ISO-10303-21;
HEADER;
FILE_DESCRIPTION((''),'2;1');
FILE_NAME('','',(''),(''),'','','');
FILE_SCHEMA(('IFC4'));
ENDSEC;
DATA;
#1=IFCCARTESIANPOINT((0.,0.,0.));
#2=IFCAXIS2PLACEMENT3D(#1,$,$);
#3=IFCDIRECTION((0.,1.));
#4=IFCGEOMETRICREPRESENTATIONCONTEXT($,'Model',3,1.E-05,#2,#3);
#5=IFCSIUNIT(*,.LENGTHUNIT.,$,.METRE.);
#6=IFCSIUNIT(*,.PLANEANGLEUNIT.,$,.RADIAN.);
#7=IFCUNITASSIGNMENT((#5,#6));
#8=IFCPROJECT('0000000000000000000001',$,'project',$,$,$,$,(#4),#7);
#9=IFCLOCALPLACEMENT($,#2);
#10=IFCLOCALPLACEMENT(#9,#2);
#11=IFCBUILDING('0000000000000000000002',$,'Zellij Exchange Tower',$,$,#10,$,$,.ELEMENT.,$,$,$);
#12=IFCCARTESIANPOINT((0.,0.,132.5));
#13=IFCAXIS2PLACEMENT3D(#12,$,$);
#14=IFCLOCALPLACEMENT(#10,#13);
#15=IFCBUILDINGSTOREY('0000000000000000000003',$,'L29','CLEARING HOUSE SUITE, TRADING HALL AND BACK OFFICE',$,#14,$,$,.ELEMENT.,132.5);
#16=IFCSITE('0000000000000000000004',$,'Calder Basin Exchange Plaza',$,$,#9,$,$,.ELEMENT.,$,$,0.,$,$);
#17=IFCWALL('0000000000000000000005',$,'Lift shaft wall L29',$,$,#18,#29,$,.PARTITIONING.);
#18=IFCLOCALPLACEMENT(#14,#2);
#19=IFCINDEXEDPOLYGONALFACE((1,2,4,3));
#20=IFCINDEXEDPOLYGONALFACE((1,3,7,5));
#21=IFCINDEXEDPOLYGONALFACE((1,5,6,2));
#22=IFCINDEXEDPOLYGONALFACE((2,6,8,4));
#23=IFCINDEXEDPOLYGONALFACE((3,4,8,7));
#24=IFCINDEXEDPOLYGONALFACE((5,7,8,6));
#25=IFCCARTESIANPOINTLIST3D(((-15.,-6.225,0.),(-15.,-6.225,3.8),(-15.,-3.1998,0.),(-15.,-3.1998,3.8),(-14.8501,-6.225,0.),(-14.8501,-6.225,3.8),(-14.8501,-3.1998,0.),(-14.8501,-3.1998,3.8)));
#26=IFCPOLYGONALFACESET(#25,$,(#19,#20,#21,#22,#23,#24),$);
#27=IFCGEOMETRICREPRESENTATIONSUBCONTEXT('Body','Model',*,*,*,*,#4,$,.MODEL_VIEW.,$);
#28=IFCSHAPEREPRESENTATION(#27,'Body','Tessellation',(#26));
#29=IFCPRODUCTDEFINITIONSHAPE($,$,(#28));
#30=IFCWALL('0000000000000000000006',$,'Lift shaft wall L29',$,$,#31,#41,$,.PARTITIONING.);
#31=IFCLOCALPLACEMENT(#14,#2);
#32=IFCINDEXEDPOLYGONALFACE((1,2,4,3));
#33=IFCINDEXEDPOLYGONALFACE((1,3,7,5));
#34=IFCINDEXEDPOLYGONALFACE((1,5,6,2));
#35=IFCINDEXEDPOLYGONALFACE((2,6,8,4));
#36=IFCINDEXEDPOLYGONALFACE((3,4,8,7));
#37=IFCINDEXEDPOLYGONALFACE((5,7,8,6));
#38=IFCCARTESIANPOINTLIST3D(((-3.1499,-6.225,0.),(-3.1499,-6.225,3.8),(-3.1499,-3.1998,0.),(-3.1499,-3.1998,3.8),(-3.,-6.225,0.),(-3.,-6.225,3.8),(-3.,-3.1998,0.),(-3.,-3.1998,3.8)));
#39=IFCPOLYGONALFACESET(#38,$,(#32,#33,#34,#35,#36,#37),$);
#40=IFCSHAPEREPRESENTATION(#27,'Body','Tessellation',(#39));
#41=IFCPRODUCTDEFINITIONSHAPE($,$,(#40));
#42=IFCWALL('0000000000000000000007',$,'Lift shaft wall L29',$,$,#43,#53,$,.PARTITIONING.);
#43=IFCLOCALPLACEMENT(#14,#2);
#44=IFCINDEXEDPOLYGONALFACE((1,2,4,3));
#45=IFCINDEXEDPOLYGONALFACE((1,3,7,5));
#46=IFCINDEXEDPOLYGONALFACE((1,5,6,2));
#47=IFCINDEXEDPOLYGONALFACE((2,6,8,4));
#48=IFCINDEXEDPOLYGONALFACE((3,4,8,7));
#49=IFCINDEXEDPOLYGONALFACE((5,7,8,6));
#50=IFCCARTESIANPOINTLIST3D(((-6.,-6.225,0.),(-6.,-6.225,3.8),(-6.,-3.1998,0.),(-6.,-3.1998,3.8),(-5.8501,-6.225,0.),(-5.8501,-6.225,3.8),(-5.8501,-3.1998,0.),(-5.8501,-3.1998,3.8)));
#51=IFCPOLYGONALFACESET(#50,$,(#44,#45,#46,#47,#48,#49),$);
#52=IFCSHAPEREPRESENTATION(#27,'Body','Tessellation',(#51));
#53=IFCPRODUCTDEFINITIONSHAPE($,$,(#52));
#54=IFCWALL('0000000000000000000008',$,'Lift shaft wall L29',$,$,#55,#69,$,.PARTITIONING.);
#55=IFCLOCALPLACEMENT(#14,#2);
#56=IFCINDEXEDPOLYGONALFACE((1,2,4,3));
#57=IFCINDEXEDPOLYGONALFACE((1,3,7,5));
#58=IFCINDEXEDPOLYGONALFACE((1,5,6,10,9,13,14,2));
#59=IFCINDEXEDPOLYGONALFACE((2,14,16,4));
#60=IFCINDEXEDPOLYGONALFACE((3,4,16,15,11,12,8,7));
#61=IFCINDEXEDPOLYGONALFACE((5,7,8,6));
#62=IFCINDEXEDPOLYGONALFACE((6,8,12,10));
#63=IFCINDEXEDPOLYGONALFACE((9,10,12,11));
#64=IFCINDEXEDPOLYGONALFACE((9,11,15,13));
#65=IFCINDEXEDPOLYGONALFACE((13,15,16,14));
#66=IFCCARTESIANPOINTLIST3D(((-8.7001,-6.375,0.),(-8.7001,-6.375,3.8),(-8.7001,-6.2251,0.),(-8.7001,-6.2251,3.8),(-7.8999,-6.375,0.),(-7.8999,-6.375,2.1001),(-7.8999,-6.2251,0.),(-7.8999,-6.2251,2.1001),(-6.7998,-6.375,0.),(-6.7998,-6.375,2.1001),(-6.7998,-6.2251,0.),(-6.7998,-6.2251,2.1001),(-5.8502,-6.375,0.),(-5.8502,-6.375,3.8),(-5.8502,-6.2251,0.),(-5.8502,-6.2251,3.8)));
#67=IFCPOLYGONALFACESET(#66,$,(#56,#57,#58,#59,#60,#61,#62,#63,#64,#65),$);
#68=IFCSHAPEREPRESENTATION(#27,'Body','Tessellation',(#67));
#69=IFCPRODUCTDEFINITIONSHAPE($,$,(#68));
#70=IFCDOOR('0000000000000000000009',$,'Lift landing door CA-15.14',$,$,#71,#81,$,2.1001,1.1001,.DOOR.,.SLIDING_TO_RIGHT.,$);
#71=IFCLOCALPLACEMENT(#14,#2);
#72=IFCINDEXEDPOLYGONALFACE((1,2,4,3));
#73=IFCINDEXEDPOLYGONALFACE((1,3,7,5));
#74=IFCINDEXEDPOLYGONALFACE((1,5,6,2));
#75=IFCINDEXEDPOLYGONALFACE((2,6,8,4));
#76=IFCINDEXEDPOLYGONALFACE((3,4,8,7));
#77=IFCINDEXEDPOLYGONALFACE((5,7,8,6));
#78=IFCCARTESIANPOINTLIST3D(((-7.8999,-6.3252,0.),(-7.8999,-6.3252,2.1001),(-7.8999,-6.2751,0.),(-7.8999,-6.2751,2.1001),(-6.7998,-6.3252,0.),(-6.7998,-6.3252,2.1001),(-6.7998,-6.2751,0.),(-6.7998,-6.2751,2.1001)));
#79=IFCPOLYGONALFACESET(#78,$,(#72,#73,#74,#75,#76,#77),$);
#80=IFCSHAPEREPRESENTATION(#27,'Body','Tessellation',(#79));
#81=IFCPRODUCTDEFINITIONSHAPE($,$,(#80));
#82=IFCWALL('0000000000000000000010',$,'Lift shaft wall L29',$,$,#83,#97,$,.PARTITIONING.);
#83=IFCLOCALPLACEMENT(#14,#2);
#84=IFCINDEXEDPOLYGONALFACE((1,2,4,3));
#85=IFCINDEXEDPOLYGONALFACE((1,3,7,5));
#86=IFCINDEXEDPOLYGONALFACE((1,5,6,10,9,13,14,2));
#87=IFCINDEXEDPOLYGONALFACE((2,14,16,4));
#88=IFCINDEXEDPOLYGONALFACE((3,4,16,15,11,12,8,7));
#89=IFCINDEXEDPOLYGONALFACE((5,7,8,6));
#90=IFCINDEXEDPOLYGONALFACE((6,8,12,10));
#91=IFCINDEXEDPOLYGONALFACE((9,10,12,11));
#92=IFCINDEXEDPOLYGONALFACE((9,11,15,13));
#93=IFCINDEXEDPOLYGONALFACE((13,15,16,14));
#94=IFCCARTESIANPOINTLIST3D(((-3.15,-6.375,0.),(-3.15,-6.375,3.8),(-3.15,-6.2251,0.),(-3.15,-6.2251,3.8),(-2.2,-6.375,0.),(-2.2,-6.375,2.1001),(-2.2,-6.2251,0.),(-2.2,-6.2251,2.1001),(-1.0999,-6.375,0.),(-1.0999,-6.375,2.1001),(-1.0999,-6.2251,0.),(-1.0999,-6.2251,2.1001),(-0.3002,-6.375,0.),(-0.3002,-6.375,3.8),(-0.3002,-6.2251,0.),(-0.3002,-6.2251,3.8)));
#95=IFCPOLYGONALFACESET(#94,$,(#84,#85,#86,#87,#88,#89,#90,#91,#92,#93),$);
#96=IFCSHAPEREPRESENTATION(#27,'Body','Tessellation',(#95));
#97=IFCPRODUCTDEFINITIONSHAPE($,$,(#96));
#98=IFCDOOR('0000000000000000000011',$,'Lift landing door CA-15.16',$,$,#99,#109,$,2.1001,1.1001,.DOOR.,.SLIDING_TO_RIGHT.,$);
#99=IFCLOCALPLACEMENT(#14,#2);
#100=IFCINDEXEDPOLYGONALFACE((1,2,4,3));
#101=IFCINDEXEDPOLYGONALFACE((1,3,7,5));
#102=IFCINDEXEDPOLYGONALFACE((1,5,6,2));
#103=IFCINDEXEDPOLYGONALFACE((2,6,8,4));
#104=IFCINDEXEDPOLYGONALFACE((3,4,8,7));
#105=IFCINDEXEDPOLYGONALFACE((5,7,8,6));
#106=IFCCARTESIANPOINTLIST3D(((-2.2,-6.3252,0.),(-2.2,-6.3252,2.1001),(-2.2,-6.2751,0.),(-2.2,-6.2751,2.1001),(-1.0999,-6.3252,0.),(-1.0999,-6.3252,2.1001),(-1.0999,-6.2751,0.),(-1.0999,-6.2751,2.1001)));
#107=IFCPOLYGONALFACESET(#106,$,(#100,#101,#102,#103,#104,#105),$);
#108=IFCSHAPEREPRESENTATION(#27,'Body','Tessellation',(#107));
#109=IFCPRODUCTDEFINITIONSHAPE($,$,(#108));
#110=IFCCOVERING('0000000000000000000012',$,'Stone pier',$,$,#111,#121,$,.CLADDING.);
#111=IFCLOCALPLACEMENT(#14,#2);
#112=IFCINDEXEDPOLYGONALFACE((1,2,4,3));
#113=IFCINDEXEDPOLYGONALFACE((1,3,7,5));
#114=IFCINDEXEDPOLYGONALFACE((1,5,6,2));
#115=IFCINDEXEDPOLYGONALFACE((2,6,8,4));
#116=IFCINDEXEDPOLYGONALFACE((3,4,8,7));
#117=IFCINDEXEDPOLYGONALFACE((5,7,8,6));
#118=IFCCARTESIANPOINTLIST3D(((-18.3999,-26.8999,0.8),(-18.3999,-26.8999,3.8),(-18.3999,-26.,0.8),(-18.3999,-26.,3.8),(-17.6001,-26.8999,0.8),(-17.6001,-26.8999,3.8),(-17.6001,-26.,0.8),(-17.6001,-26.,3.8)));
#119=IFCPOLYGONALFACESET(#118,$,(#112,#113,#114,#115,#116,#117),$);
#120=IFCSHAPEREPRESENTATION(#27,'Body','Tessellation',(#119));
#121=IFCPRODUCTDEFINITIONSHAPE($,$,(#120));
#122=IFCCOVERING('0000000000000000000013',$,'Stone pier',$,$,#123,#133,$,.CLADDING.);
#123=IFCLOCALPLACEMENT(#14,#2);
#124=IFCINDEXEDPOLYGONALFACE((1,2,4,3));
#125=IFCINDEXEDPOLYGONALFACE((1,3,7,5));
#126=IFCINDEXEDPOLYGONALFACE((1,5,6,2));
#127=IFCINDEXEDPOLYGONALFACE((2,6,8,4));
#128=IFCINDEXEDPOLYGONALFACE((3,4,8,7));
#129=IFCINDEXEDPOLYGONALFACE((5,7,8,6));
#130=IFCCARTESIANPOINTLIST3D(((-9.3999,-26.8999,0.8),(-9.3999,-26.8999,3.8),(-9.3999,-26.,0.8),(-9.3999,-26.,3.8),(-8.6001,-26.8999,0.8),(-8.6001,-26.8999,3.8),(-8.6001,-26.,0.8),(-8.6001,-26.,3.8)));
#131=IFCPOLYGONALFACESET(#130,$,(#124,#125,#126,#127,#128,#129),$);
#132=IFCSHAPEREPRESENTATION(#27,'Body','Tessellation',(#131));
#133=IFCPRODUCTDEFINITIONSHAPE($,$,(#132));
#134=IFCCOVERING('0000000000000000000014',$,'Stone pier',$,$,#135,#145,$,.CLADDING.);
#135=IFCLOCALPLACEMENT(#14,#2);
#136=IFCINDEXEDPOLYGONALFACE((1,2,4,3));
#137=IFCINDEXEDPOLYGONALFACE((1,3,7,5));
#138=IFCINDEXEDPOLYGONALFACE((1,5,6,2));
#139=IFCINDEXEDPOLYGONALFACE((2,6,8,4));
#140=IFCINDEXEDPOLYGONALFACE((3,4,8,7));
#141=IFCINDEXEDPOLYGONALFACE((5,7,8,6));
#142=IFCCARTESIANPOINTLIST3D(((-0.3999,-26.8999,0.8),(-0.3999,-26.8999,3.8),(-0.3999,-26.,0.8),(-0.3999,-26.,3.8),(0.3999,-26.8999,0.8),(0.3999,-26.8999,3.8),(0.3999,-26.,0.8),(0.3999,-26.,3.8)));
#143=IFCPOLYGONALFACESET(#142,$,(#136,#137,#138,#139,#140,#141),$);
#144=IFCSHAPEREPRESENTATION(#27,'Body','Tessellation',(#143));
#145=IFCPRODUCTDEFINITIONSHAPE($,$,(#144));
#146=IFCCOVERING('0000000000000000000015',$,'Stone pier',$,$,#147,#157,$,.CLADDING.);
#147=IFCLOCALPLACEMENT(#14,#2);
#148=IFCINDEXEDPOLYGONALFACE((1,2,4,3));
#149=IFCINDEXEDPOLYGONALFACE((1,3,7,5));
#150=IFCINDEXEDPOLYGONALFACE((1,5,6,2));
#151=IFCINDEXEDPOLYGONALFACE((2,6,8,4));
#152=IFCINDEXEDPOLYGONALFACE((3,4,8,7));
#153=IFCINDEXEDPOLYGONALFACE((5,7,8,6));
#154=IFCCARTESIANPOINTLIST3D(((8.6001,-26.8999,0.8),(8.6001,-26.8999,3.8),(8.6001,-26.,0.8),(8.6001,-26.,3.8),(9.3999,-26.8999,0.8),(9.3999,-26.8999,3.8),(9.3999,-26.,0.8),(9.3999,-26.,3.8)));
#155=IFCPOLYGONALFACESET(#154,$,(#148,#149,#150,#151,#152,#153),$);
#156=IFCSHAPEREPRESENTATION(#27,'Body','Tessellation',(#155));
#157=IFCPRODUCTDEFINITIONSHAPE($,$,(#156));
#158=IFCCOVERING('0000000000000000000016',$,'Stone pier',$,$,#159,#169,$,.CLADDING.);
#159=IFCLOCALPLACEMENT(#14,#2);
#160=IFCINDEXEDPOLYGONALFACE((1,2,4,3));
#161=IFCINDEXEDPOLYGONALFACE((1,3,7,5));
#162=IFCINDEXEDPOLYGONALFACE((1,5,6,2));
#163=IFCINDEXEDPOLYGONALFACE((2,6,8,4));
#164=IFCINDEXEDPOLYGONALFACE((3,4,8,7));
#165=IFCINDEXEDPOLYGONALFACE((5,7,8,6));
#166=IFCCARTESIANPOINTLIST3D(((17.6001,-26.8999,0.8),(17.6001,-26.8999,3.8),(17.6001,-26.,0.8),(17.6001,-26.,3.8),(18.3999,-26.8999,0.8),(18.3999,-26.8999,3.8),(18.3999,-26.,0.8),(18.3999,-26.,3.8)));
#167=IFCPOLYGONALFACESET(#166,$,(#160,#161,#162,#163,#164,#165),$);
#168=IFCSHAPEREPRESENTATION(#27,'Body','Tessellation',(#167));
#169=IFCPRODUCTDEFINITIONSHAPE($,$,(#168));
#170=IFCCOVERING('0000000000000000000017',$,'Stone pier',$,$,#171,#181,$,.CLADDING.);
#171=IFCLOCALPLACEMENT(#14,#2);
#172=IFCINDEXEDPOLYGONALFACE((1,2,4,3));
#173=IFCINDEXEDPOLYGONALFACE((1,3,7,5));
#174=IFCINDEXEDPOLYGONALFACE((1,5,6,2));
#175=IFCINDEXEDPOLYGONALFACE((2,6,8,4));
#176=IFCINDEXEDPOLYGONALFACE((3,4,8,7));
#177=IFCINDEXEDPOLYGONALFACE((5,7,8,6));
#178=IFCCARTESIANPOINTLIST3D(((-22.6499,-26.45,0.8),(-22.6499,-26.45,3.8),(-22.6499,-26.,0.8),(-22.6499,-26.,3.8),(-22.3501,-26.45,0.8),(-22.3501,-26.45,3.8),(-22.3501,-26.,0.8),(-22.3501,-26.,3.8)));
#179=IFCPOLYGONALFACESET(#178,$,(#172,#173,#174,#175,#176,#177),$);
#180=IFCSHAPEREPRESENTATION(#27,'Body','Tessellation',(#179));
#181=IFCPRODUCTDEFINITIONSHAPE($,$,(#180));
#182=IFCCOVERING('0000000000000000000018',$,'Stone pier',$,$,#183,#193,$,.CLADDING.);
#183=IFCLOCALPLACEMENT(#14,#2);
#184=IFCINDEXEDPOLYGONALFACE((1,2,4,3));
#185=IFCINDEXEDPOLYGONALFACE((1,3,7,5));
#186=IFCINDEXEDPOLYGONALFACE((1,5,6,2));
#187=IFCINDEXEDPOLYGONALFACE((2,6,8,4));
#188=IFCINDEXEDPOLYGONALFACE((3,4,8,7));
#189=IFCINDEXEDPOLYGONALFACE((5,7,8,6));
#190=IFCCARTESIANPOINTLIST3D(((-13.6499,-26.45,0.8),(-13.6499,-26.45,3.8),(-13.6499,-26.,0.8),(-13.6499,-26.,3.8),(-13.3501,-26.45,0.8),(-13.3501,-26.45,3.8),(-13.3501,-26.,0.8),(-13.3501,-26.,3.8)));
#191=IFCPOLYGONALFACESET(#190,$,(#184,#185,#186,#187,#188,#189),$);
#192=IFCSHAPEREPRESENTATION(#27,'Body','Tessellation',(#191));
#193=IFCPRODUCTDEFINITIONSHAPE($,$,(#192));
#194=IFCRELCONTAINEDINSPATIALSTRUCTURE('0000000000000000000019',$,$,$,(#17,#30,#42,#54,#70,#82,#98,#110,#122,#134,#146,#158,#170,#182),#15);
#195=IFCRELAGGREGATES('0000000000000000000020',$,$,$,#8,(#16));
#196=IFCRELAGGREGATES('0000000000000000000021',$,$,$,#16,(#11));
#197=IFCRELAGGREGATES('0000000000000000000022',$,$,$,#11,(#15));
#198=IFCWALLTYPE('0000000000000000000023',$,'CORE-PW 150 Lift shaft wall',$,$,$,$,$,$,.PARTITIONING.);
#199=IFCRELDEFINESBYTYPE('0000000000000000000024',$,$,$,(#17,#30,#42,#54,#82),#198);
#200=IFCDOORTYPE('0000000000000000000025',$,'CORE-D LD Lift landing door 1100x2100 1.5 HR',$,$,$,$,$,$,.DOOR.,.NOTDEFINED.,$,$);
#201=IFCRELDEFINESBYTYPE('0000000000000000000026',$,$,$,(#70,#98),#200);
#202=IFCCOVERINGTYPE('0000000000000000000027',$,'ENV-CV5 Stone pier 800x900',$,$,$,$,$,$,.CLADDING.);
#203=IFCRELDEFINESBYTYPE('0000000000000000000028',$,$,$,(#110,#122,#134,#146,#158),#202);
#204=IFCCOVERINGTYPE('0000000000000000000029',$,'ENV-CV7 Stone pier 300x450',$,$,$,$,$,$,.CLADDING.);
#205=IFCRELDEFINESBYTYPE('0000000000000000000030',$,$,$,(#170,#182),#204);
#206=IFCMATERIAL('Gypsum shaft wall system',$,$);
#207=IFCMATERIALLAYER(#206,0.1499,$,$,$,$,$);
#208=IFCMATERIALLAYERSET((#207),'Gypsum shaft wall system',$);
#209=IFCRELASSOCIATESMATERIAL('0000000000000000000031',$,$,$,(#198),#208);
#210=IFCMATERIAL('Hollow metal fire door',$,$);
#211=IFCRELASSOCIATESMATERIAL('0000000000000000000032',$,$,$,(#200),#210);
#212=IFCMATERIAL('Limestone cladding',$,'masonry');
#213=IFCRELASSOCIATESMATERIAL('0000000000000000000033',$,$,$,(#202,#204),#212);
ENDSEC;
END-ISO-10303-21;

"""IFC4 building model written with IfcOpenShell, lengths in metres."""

from ifc_helpers import new_model, si_unit, direction, frame, frame_2d, origin, place, context, subcontext, project, spatial, polyline, rectangle, outline, extrude, material, layer, layer_set, type_object, element, fill, save


model = new_model("IFC4")

# Units and contexts
model_context = context("Model", 3, precision=1e-05, world=origin(), true_north=direction((0.0, 1.0)))
body_context = subcontext(model_context, "Body", "Model", "MODEL_VIEW")
ifc_project = project(units=[si_unit("LENGTHUNIT", "METRE"), si_unit("PLANEANGLEUNIT", "RADIAN")], contexts=[model_context])

# Site, building, storey
site_placement = place(None, origin())
site = spatial("IfcSite", under=ifc_project, at=site_placement, Name="Calder Basin Exchange Plaza", CompositionType="ELEMENT", RefElevation=0.0)
building_placement = place(site_placement, origin())
building = spatial("IfcBuilding", under=site, at=building_placement, Name="Zellij Exchange Tower", CompositionType="ELEMENT")
storey_placement = place(building_placement, frame((0.0, 0.0, 132.5)))
storey = spatial("IfcBuildingStorey", under=building, at=storey_placement, Name="L29", Description="CLEARING HOUSE SUITE, TRADING HALL AND BACK OFFICE", CompositionType="ELEMENT", Elevation=132.5)

# Walls
ifc_material_1 = material(Name="Gypsum shaft wall system")
ifc_layer_1 = layer(ifc_material_1, 0.1499)
ifc_layer_set_1 = layer_set([ifc_layer_1], Name="Gypsum shaft wall system")
wall_type_1 = type_object("IfcWallType", Name="CORE-PW 150 Lift shaft wall", PredefinedType="PARTITIONING", material=ifc_layer_set_1)
for number, where, z_axis, x_axis, name in (
    (1, (-14.925, -6.2251, 0.0), (0.0, 0.0, 1.0), (0.0, 1.0, 0.0), "Lift shaft wall L29"),
    (2, (-3.075, -6.2251, 0.0), (0.0, 0.0, 1.0), (0.0, 1.0, 0.0), "Lift shaft wall L29"),
    (3, (-5.925, -6.2251, 0.0), (0.0, 0.0, 1.0), (0.0, 1.0, 0.0), "Lift shaft wall L29"),
):
    element("IfcWall", number, at=place(storey_placement, frame(where, z_axis=z_axis, x_axis=x_axis)), inside=storey, type_object=wall_type_1, Name=name, PredefinedType="PARTITIONING", context=body_context, shape_type="SweptSolid", body=[
        extrude(rectangle(XDim=3.0251, YDim=0.1499, at=frame_2d((1.5127, 0.0))), origin(), (0.0, 0.0, 1.0), 3.8),
    ])

# Walls, openings, doors
wall_1_placement = place(storey_placement, frame((-8.7, -6.3, 0.0), z_axis=(0.0, 0.0, 1.0), x_axis=(1.0, 0.0, 0.0)))
wall_1 = element("IfcWall", 4, at=wall_1_placement, inside=storey, type_object=wall_type_1, Name="Lift shaft wall L29", PredefinedType="PARTITIONING", context=body_context, shape_type="SweptSolid", body=[
    extrude(rectangle(XDim=2.8499, YDim=0.1499, at=frame_2d((1.4248, 0.0))), origin(), (0.0, 0.0, 1.0), 3.8),
])
opening_1_placement = place(wall_1_placement, frame((0.8, 0.0, 0.0)))
opening_1 = element("IfcOpeningElement", 5, at=opening_1_placement, cuts=wall_1, PredefinedType="OPENING", context=body_context, shape_type="SweptSolid", body=[
    extrude(rectangle(XDim=1.1001, YDim=2.1001, at=frame_2d((0.55, 1.05))), frame((0.0, 0.0869, 0.0), z_axis=(0.0, -1.0, 0.0), x_axis=(1.0, 0.0, 0.0)), (0.0, 0.0, 1.0), 0.1738),
])
ifc_material_2 = material(Name="Hollow metal fire door")
door_type = type_object("IfcDoorType", Name="CORE-D LD Lift landing door 1100x2100 1.5 HR", OperationType="NOTDEFINED", PredefinedType="DOOR", material=ifc_material_2)
door_1_placement = place(opening_1_placement, origin())
door_1 = element("IfcDoor", 6, at=door_1_placement, inside=storey, type_object=door_type, Name="Lift landing door CA-15.14", OperationType="SLIDING_TO_RIGHT", OverallHeight=2.1001, OverallWidth=1.1001, PredefinedType="DOOR", context=body_context, shape_type="SweptSolid", body=[
    extrude(rectangle(XDim=1.1001, YDim=2.1001, at=frame_2d((0.55, 1.05))), frame((0.0, 0.0249, 0.0), z_axis=(0.0, -1.0, 0.0), x_axis=(1.0, 0.0, 0.0)), (0.0, 0.0, 1.0), 0.05),
])
fill(opening_1, door_1)
wall_2_placement = place(storey_placement, frame((-3.1499, -6.3, 0.0), z_axis=(0.0, 0.0, 1.0), x_axis=(1.0, 0.0, 0.0)))
wall_2 = element("IfcWall", 7, at=wall_2_placement, inside=storey, type_object=wall_type_1, Name="Lift shaft wall L29", PredefinedType="PARTITIONING", context=body_context, shape_type="SweptSolid", body=[
    extrude(rectangle(XDim=2.8499, YDim=0.1499, at=frame_2d((1.4248, 0.0))), origin(), (0.0, 0.0, 1.0), 3.8),
])
opening_2_placement = place(wall_2_placement, frame((0.95, 0.0, 0.0)))
opening_2 = element("IfcOpeningElement", 8, at=opening_2_placement, cuts=wall_2, PredefinedType="OPENING", context=body_context, shape_type="SweptSolid", body=[
    extrude(rectangle(XDim=1.1001, YDim=2.1001, at=frame_2d((0.55, 1.05))), frame((0.0, 0.0869, 0.0), z_axis=(0.0, -1.0, 0.0), x_axis=(1.0, 0.0, 0.0)), (0.0, 0.0, 1.0), 0.1738),
])
door_2_placement = place(opening_2_placement, origin())
door_2 = element("IfcDoor", 9, at=door_2_placement, inside=storey, type_object=door_type, Name="Lift landing door CA-15.16", OperationType="SLIDING_TO_RIGHT", OverallHeight=2.1001, OverallWidth=1.1001, PredefinedType="DOOR", context=body_context, shape_type="SweptSolid", body=[
    extrude(rectangle(XDim=1.1001, YDim=2.1001, at=frame_2d((0.55, 1.05))), frame((0.0, 0.0249, 0.0), z_axis=(0.0, -1.0, 0.0), x_axis=(1.0, 0.0, 0.0)), (0.0, 0.0, 1.0), 0.05),
])
fill(opening_2, door_2)

# Coverings
ifc_material_3 = material(Name="Limestone cladding", Category="masonry")
covering_type_1 = type_object("IfcCoveringType", Name="ENV-CV5 Stone pier 800x900", PredefinedType="CLADDING", material=ifc_material_3)
covering_1_placement = place(storey_placement, frame((0.0, 0.0, 0.8)))
element("IfcCovering", 10, at=covering_1_placement, inside=storey, type_object=covering_type_1, Name="Stone pier", PredefinedType="CLADDING", context=body_context, shape_type="SweptSolid", body=[
    extrude(outline(polyline([(-18.3999, -26.0), (-17.6001, -26.0), (-17.6001, -26.8999), (-18.3999, -26.8999), (-18.3999, -26.0)])), origin(), (0.0, 0.0, 1.0), 3.0),
])
covering_2_placement = place(storey_placement, frame((0.0, 0.0, 0.8)))
element("IfcCovering", 11, at=covering_2_placement, inside=storey, type_object=covering_type_1, Name="Stone pier", PredefinedType="CLADDING", context=body_context, shape_type="SweptSolid", body=[
    extrude(outline(polyline([(-9.3999, -26.0), (-8.6001, -26.0), (-8.6001, -26.8999), (-9.3999, -26.8999), (-9.3999, -26.0)])), origin(), (0.0, 0.0, 1.0), 3.0),
])
covering_3_placement = place(storey_placement, frame((0.0, 0.0, 0.8)))
element("IfcCovering", 12, at=covering_3_placement, inside=storey, type_object=covering_type_1, Name="Stone pier", PredefinedType="CLADDING", context=body_context, shape_type="SweptSolid", body=[
    extrude(outline(polyline([(-0.3999, -26.0), (0.3999, -26.0), (0.3999, -26.8999), (-0.3999, -26.8999), (-0.3999, -26.0)])), origin(), (0.0, 0.0, 1.0), 3.0),
])
covering_4_placement = place(storey_placement, frame((0.0, 0.0, 0.8)))
element("IfcCovering", 13, at=covering_4_placement, inside=storey, type_object=covering_type_1, Name="Stone pier", PredefinedType="CLADDING", context=body_context, shape_type="SweptSolid", body=[
    extrude(outline(polyline([(8.6001, -26.0), (9.3999, -26.0), (9.3999, -26.8999), (8.6001, -26.8999), (8.6001, -26.0)])), origin(), (0.0, 0.0, 1.0), 3.0),
])
covering_5_placement = place(storey_placement, frame((0.0, 0.0, 0.8)))
element("IfcCovering", 14, at=covering_5_placement, inside=storey, type_object=covering_type_1, Name="Stone pier", PredefinedType="CLADDING", context=body_context, shape_type="SweptSolid", body=[
    extrude(outline(polyline([(17.6001, -26.0), (18.3999, -26.0), (18.3999, -26.8999), (17.6001, -26.8999), (17.6001, -26.0)])), origin(), (0.0, 0.0, 1.0), 3.0),
])
covering_type_2 = type_object("IfcCoveringType", Name="ENV-CV7 Stone pier 300x450", PredefinedType="CLADDING", material=ifc_material_3)
covering_6_placement = place(storey_placement, frame((0.0, 0.0, 0.8)))
element("IfcCovering", 15, at=covering_6_placement, inside=storey, type_object=covering_type_2, Name="Stone pier", PredefinedType="CLADDING", context=body_context, shape_type="SweptSolid", body=[
    extrude(outline(polyline([(-22.6499, -26.0), (-22.3501, -26.0), (-22.3501, -26.45), (-22.6499, -26.45), (-22.6499, -26.0)])), origin(), (0.0, 0.0, 1.0), 3.0),
])
covering_7_placement = place(storey_placement, frame((0.0, 0.0, 0.8)))
element("IfcCovering", 16, at=covering_7_placement, inside=storey, type_object=covering_type_2, Name="Stone pier", PredefinedType="CLADDING", context=body_context, shape_type="SweptSolid", body=[
    extrude(outline(polyline([(-13.6499, -26.0), (-13.3501, -26.0), (-13.3501, -26.45), (-13.6499, -26.45), (-13.6499, -26.0)])), origin(), (0.0, 0.0, 1.0), 3.0),
])

save(model, "model.ifc")
